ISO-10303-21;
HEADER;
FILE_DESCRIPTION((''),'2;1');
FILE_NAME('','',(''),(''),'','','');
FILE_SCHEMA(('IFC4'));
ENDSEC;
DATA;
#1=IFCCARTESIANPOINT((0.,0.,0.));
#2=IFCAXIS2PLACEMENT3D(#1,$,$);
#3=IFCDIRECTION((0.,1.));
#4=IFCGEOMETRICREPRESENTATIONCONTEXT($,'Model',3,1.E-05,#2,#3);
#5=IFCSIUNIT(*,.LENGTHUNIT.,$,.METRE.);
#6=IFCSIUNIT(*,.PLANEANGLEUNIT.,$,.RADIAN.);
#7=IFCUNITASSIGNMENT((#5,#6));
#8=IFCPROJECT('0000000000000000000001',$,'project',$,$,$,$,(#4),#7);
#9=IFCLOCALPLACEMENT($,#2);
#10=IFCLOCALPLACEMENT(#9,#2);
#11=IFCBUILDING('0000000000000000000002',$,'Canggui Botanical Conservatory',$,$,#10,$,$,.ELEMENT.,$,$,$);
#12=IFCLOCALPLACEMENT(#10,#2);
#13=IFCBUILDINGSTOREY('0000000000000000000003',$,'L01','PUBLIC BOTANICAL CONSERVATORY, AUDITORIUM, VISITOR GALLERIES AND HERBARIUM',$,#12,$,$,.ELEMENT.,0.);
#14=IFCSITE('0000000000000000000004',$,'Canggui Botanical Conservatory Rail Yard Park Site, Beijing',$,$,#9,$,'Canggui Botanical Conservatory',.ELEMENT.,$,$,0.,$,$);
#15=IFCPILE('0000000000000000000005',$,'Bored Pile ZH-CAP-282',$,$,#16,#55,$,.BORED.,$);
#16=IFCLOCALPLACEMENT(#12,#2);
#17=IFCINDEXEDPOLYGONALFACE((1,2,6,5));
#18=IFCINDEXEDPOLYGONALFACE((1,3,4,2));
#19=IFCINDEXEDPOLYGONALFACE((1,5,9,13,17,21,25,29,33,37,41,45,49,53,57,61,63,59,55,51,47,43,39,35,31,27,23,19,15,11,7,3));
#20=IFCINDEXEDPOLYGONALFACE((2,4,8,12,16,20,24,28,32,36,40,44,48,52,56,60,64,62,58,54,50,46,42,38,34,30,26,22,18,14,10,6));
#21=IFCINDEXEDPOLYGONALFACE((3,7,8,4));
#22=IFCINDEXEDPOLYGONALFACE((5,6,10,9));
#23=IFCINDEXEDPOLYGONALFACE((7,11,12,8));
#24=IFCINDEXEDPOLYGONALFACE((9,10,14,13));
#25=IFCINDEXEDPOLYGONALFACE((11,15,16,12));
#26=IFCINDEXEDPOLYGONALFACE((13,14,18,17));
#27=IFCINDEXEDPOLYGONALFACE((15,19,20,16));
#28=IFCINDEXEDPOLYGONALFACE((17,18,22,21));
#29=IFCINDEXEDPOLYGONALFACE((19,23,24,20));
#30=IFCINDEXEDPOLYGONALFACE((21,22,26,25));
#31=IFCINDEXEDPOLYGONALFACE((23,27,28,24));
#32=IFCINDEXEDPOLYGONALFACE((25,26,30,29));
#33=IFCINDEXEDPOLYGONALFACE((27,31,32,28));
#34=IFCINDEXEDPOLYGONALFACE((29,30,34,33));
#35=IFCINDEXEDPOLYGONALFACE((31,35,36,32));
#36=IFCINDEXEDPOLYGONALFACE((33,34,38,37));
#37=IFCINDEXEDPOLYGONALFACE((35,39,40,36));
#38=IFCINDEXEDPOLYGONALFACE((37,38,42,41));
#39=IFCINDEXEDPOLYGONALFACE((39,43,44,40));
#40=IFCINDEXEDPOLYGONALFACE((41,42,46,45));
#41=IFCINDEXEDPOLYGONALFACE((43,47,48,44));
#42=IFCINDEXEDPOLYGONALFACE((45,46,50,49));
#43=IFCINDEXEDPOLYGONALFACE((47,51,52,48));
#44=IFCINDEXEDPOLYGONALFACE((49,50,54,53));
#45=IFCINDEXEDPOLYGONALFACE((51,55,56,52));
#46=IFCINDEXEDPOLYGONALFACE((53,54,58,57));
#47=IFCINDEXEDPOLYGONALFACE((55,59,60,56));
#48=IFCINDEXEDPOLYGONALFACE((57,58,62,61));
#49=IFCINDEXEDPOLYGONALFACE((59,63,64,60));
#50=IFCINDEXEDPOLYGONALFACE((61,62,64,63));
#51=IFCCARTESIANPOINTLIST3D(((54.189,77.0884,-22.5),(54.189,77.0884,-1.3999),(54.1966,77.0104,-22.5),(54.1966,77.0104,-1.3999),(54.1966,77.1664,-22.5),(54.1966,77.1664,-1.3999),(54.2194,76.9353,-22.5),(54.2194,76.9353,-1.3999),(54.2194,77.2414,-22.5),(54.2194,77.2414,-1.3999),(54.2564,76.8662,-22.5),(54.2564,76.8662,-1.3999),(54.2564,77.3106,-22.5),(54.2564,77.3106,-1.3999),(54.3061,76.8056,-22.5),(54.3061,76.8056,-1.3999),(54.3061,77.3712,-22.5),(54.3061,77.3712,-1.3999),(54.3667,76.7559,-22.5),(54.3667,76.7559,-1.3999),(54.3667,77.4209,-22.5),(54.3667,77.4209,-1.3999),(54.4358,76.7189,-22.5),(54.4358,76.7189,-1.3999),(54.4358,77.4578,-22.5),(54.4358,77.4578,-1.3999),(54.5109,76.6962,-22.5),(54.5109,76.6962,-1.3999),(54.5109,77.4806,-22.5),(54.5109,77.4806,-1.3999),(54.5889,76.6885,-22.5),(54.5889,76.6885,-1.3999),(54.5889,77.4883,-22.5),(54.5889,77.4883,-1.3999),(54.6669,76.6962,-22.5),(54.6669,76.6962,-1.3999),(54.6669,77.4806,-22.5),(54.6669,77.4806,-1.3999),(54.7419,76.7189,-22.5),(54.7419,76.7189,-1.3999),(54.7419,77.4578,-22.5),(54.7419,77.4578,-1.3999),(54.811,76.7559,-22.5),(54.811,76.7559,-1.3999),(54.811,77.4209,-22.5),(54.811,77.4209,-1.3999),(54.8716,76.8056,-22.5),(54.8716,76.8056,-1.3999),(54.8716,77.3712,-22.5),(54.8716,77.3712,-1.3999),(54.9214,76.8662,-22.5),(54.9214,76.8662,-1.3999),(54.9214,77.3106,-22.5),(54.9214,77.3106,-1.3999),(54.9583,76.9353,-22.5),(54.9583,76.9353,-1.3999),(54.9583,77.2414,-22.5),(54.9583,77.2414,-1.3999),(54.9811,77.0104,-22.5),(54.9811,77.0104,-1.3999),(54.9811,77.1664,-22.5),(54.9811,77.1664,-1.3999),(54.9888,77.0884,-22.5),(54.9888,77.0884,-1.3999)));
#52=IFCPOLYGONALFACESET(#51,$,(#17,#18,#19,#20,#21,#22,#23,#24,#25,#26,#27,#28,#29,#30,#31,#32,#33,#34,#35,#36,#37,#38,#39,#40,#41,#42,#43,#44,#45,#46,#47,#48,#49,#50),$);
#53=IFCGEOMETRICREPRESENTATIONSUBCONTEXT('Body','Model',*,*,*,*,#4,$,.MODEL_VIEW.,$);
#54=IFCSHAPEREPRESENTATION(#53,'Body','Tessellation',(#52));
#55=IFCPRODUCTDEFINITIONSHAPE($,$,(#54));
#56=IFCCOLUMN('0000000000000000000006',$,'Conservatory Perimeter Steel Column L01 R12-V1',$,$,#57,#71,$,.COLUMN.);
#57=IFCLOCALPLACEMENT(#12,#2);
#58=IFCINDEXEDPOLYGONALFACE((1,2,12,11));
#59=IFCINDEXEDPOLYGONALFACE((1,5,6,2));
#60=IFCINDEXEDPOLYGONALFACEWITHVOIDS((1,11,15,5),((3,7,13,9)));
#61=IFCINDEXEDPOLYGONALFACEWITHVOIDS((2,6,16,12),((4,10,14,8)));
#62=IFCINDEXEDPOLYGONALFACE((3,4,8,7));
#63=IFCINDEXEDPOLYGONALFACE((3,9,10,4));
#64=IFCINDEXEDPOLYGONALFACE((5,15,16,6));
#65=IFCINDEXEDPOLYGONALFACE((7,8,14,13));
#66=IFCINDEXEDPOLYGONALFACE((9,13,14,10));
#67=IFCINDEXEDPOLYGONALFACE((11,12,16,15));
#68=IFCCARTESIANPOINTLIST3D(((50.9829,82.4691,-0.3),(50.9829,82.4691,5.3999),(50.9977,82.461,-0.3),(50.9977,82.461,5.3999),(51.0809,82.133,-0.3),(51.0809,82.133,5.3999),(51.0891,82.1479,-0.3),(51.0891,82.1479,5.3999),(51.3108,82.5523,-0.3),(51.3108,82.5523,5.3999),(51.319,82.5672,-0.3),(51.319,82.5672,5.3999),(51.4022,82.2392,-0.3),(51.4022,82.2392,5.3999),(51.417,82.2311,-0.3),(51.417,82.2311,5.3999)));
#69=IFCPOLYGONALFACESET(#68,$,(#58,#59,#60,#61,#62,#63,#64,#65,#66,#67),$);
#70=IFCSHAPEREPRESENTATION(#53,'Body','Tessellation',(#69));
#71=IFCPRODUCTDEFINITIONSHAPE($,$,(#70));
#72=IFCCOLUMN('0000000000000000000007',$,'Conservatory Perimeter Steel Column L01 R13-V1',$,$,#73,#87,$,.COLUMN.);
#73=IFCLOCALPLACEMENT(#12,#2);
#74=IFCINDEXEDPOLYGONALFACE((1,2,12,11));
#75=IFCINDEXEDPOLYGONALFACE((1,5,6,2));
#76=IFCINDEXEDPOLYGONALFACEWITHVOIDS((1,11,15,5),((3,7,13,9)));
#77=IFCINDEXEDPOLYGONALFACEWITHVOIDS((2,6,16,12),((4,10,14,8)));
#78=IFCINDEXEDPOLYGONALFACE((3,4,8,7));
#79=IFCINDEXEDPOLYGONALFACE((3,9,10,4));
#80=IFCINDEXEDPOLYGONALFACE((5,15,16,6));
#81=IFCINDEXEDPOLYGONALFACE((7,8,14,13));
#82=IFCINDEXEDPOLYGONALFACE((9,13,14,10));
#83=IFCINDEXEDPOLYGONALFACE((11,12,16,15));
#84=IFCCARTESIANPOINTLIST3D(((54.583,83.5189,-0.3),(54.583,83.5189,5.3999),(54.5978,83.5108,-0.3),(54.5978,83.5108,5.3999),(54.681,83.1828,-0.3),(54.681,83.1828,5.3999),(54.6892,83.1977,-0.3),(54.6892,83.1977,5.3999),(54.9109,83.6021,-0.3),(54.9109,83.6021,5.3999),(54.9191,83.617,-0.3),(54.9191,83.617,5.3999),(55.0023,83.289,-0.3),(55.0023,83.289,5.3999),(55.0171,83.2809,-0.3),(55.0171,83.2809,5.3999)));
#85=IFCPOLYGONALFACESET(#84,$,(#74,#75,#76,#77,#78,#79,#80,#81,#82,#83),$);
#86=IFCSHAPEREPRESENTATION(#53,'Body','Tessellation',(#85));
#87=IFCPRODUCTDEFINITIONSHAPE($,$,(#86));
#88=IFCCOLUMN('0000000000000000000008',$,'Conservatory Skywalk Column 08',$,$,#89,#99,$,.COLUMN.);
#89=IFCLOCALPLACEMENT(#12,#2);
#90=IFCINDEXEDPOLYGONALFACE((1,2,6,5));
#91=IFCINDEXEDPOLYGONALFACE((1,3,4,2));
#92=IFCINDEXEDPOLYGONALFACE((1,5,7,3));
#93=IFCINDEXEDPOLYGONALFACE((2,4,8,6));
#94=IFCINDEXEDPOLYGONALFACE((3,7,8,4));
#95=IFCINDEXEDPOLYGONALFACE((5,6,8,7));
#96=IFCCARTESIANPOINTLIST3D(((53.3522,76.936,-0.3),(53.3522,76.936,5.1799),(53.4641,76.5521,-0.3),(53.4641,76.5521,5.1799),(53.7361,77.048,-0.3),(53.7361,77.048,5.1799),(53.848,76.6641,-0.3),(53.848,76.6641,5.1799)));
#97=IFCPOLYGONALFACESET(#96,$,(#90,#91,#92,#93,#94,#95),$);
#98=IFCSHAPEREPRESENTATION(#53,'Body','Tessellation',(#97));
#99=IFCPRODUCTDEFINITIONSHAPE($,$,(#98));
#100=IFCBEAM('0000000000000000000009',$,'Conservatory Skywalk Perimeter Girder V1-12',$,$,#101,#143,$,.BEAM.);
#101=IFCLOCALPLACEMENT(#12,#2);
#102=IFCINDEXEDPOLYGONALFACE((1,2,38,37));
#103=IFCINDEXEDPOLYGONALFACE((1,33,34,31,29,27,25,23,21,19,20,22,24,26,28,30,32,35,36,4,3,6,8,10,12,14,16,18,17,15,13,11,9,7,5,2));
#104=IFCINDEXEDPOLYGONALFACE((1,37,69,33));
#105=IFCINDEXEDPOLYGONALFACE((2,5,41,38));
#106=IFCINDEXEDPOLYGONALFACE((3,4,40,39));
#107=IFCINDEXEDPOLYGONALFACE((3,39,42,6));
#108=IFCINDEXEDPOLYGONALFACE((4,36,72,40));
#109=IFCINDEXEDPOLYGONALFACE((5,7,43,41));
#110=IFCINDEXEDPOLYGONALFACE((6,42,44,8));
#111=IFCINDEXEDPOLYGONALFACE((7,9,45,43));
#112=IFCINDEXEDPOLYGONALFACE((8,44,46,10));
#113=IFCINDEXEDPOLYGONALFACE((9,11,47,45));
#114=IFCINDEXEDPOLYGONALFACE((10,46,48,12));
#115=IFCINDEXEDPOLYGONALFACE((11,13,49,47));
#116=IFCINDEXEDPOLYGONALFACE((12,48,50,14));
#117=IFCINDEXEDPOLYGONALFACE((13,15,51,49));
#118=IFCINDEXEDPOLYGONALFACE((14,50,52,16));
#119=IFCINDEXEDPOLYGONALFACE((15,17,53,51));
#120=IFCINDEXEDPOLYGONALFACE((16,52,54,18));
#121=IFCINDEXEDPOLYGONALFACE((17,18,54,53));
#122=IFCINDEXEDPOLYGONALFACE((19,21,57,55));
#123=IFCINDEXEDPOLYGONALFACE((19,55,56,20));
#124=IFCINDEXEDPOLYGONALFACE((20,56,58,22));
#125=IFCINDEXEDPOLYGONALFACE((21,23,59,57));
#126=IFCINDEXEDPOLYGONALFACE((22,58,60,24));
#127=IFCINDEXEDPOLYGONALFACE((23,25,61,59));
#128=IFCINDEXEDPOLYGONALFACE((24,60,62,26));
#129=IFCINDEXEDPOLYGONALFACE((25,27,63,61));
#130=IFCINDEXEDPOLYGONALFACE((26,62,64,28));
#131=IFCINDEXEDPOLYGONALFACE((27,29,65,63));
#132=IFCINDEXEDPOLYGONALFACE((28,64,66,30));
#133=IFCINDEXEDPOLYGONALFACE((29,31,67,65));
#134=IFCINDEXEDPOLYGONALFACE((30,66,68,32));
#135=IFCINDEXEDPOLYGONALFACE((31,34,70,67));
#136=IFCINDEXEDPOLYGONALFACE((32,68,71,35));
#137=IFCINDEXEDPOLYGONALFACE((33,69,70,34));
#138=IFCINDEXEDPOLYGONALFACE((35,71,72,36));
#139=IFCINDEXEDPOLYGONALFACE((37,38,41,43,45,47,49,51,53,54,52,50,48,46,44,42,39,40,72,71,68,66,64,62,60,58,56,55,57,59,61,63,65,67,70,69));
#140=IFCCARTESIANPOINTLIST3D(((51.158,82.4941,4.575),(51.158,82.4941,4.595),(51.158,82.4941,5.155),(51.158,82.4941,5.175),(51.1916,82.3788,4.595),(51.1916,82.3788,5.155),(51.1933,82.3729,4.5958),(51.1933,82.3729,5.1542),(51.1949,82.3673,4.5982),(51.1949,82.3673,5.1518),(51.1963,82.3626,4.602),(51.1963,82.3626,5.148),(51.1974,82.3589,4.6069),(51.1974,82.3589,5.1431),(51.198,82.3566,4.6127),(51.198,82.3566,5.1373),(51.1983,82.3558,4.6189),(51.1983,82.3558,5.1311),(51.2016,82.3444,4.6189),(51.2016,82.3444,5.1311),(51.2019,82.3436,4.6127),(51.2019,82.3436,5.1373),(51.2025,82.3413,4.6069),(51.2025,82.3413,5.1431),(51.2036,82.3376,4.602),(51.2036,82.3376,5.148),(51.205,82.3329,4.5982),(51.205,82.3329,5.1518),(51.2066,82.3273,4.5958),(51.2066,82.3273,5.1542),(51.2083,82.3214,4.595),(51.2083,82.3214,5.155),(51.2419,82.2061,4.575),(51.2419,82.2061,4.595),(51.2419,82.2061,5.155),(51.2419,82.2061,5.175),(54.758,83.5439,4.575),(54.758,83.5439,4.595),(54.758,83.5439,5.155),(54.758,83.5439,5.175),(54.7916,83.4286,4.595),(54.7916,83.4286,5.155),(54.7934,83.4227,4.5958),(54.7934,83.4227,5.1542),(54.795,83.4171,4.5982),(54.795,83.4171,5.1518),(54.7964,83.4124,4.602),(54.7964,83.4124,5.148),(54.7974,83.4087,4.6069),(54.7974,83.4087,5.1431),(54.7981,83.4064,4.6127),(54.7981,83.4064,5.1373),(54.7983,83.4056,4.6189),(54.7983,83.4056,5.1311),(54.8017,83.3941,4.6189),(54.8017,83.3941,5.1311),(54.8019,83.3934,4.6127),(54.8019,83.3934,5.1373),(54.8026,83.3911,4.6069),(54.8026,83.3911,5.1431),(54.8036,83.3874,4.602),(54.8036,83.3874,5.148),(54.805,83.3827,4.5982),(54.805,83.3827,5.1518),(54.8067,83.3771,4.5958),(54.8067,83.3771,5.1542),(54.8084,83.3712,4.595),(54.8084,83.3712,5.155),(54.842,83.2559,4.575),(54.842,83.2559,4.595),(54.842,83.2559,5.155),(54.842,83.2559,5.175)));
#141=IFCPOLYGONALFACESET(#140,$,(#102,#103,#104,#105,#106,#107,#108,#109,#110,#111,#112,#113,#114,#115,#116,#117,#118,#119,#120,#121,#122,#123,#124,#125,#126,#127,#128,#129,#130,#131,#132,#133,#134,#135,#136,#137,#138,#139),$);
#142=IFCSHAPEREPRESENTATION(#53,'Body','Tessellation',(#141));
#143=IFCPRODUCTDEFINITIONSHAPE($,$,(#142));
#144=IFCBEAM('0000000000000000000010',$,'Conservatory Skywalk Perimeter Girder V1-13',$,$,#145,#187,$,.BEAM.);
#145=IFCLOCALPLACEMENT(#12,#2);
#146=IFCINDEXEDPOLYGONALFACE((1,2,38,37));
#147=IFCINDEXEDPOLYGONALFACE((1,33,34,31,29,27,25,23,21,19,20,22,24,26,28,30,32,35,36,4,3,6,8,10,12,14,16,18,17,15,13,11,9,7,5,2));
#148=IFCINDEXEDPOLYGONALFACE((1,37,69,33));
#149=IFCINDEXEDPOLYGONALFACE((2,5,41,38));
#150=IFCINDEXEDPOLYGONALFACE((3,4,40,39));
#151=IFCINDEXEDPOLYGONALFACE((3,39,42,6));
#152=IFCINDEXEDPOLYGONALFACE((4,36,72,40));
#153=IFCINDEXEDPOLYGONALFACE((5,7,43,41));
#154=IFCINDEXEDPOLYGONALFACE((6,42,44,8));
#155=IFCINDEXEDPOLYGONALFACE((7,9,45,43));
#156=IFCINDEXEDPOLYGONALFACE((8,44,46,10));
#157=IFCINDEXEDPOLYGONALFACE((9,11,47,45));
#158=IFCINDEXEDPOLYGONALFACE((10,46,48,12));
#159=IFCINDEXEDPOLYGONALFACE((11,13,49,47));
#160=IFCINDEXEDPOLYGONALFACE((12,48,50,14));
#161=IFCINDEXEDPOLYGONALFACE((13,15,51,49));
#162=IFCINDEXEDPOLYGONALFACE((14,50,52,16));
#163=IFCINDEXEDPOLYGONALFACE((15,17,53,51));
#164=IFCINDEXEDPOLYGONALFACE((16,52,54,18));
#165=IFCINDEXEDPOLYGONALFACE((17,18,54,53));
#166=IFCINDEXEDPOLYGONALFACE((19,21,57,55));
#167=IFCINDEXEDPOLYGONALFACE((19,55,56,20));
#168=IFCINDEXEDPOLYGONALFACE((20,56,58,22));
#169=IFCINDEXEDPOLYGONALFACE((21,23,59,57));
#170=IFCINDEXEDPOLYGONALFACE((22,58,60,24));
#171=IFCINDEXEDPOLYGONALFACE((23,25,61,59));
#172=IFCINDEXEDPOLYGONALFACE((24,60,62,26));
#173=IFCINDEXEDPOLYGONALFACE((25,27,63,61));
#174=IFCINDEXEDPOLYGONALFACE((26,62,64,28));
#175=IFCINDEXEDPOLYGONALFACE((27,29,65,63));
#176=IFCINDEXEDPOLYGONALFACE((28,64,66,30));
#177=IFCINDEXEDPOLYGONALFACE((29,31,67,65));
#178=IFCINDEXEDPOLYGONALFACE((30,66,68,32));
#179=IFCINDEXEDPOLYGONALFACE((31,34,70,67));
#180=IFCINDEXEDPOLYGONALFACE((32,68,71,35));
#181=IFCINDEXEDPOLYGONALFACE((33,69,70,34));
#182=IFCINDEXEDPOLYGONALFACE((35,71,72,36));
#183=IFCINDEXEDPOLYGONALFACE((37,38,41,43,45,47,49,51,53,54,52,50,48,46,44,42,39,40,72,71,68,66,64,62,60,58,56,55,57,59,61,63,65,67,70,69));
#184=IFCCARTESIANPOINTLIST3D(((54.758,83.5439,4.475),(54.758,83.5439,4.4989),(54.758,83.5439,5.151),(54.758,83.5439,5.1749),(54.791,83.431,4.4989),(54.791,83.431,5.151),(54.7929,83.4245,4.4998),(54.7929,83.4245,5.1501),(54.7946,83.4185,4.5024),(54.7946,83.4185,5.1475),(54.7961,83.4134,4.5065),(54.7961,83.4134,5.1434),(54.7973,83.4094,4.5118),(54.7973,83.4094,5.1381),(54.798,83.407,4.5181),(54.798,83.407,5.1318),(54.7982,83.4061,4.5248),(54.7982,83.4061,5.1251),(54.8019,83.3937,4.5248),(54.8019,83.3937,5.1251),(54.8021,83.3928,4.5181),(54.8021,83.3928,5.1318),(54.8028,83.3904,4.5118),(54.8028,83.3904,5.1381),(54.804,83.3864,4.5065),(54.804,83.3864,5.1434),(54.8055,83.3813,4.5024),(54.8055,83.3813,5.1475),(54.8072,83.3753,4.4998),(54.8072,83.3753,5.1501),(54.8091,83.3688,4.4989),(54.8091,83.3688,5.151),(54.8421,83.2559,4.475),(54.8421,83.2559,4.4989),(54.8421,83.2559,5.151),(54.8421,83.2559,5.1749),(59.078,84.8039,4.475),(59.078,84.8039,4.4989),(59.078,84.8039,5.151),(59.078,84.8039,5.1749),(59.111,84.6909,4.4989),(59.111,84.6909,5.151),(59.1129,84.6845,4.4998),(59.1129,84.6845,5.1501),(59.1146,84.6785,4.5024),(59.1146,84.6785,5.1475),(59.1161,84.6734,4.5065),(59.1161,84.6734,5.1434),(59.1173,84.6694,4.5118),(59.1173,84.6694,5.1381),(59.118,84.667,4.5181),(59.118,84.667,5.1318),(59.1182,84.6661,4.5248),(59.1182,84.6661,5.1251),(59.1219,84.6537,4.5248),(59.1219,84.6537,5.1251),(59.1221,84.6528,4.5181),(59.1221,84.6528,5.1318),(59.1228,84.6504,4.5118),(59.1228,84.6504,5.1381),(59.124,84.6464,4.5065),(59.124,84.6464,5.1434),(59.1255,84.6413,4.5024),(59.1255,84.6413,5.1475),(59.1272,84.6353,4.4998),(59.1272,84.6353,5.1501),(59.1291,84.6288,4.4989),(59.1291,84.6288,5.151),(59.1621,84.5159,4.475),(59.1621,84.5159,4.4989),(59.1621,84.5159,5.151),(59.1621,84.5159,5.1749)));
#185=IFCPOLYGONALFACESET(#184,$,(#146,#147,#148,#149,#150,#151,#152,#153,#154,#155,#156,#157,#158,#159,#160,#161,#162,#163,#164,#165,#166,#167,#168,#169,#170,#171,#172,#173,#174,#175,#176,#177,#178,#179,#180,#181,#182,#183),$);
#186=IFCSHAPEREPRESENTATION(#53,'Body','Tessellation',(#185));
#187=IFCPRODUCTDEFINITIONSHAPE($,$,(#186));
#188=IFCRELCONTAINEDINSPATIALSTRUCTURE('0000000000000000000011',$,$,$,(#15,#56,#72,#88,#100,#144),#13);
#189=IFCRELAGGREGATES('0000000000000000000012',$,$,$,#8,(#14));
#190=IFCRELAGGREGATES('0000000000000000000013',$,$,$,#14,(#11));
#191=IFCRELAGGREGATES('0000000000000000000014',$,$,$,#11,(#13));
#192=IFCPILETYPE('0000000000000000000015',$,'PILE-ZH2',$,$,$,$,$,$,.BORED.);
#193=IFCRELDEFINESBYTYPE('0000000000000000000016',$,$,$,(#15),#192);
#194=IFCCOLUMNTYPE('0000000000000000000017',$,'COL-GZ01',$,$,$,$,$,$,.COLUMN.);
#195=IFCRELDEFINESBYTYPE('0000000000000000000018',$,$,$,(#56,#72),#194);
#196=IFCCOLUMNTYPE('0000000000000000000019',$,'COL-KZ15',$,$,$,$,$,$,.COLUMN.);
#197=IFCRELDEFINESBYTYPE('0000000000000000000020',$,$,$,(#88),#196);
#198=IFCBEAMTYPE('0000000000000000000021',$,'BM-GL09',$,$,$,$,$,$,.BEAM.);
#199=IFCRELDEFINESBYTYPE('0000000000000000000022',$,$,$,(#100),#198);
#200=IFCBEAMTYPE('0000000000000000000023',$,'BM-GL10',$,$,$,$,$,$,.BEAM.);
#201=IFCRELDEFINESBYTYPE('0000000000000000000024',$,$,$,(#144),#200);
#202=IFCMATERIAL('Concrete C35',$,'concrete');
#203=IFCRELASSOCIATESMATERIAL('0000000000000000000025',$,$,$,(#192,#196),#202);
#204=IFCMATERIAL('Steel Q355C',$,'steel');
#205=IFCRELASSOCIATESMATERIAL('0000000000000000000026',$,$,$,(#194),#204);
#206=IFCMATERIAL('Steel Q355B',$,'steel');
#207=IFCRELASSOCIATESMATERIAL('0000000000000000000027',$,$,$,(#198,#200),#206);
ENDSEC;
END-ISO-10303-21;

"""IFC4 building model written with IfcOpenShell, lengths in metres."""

from ifc_helpers import new_model, si_unit, direction, frame, origin, origin_2d, place, context, subcontext, project, spatial, rectangle, hollow_rectangle, circle, i_section, extrude, material, material_profile, profile_set, type_object, element, save


model = new_model("IFC4")

# Units and contexts
model_context = context("Model", 3, precision=1e-05, world=origin(), true_north=direction((0.0, 1.0)))
body_context = subcontext(model_context, "Body", "Model", "MODEL_VIEW")
ifc_project = project(units=[si_unit("LENGTHUNIT", "METRE"), si_unit("PLANEANGLEUNIT", "RADIAN")], contexts=[model_context])

# Site, building, storey
site_placement = place(None, origin())
site = spatial("IfcSite", under=ifc_project, at=site_placement, Name="Canggui Botanical Conservatory Rail Yard Park Site, Beijing", LongName="Canggui Botanical Conservatory", CompositionType="ELEMENT", RefElevation=0.0)
building_placement = place(site_placement, origin())
building = spatial("IfcBuilding", under=site, at=building_placement, Name="Canggui Botanical Conservatory", CompositionType="ELEMENT")
storey_placement = place(building_placement, origin())
storey = spatial("IfcBuildingStorey", under=building, at=storey_placement, Name="L01", Description="PUBLIC BOTANICAL CONSERVATORY, AUDITORIUM, VISITOR GALLERIES AND HERBARIUM", CompositionType="ELEMENT", Elevation=0.0)

# Shared definitions
ifc_material_1 = material(Name="Concrete C35", Category="concrete")

# Pile
ifc_material_profile_1 = material_profile(ifc_material_1, circle(Radius=0.3999, at=origin_2d()), Name="PILE D800")
ifc_profile_set_1 = profile_set([ifc_material_profile_1], Name="Concrete C35")
pile_type = type_object("IfcPileType", Name="PILE-ZH2", PredefinedType="BORED", material=ifc_profile_set_1)
for number, where, z_axis, x_axis, name in (
    (1, (54.5889, 77.0884, -1.3999), (0.0, 0.0, -1.0), (1.0, 0.0, 0.0), "Bored Pile ZH-CAP-282"),
):
    element("IfcPile", number, at=place(storey_placement, frame(where, z_axis=z_axis, x_axis=x_axis)), inside=storey, type_object=pile_type, Name=name, PredefinedType="BORED", context=body_context, shape_type="SweptSolid", body=[
        extrude(circle(Radius=0.3999, at=origin_2d()), origin(), (0.0, 0.0, 1.0), 21.1001),
    ])

# Columns
ifc_material_2 = material(Name="Steel Q355C", Category="steel")
ifc_material_profile_2 = material_profile(ifc_material_2, hollow_rectangle(XDim=0.3501, YDim=0.3501, WallThickness=0.012, at=origin_2d()), Name="SHS 350x350x12")
ifc_profile_set_2 = profile_set([ifc_material_profile_2], Name="Steel Q355C")
column_type_1 = type_object("IfcColumnType", Name="COL-GZ01", PredefinedType="COLUMN", material=ifc_profile_set_2)
for number, where, z_axis, x_axis, name in (
    (2, (51.2, 82.3501, -0.3), (0.0, 0.0, 1.0), (0.96, 0.28, 0.0), "Conservatory Perimeter Steel Column L01 R12-V1"),
    (3, (54.8, 83.3999, -0.3), (0.0, 0.0, 1.0), (0.96, 0.28, 0.0), "Conservatory Perimeter Steel Column L01 R13-V1"),
):
    element("IfcColumn", number, at=place(storey_placement, frame(where, z_axis=z_axis, x_axis=x_axis)), inside=storey, type_object=column_type_1, Name=name, PredefinedType="COLUMN", context=body_context, shape_type="SweptSolid", body=[
        extrude(hollow_rectangle(XDim=0.3501, YDim=0.3501, WallThickness=0.012, at=origin_2d()), origin(), (0.0, 0.0, 1.0), 5.7),
    ])
ifc_material_profile_3 = material_profile(ifc_material_1, rectangle(XDim=0.3999, YDim=0.3999, at=origin_2d()), Name="RC 400x400")
ifc_profile_set_3 = profile_set([ifc_material_profile_3], Name="Concrete C35")
column_type_2 = type_object("IfcColumnType", Name="COL-KZ15", PredefinedType="COLUMN", material=ifc_profile_set_3)
column_placement = place(storey_placement, frame((53.6001, 76.8, -0.3), z_axis=(0.0, 0.0, 1.0), x_axis=(0.96, 0.28, 0.0)))
element("IfcColumn", 4, at=column_placement, inside=storey, type_object=column_type_2, Name="Conservatory Skywalk Column 08", PredefinedType="COLUMN", context=body_context, shape_type="SweptSolid", body=[
    extrude(rectangle(XDim=0.3999, YDim=0.3999, at=origin_2d()), origin(), (0.0, 0.0, 1.0), 5.48),
])

# Beams
ifc_material_3 = material(Name="Steel Q355B", Category="steel")
ifc_material_profile_4 = material_profile(ifc_material_3, i_section(OverallWidth=0.3, OverallDepth=0.6001, WebThickness=0.012, FlangeThickness=0.02, FilletRadius=0.0239, at=origin_2d()), Name="HM 600x300x12x20")
ifc_profile_set_4 = profile_set([ifc_material_profile_4], Name="Steel Q355B")
beam_type_1 = type_object("IfcBeamType", Name="BM-GL09", PredefinedType="BEAM", material=ifc_profile_set_4)
beam_1_placement = place(storey_placement, frame((51.2, 82.3501, 4.875), z_axis=(0.960016, 0.279945, 0.0), x_axis=(-0.279945, 0.960016, 0.0)))
element("IfcBeam", 5, at=beam_1_placement, inside=storey, type_object=beam_type_1, Name="Conservatory Skywalk Perimeter Girder V1-12", PredefinedType="BEAM", context=body_context, shape_type="SweptSolid", body=[
    extrude(i_section(OverallWidth=0.3, OverallDepth=0.6001, WebThickness=0.012, FlangeThickness=0.02, FilletRadius=0.0239, at=origin_2d()), origin(), (0.0, 0.0, 1.0), 3.75),
])
ifc_material_profile_5 = material_profile(ifc_material_3, i_section(OverallWidth=0.3, OverallDepth=0.7, WebThickness=0.0129, FlangeThickness=0.0239, FilletRadius=0.0259, at=origin_2d()), Name="HN 700x300x13x24")
ifc_profile_set_5 = profile_set([ifc_material_profile_5], Name="Steel Q355B")
beam_type_2 = type_object("IfcBeamType", Name="BM-GL10", PredefinedType="BEAM", material=ifc_profile_set_5)
beam_2_placement = place(storey_placement, frame((54.8, 83.3999, 4.825), z_axis=(0.960001, 0.279998, 0.0), x_axis=(-0.279998, 0.960001, 0.0)))
element("IfcBeam", 6, at=beam_2_placement, inside=storey, type_object=beam_type_2, Name="Conservatory Skywalk Perimeter Girder V1-13", PredefinedType="BEAM", context=body_context, shape_type="SweptSolid", body=[
    extrude(i_section(OverallWidth=0.3, OverallDepth=0.7, WebThickness=0.0129, FlangeThickness=0.0239, FilletRadius=0.0259, at=origin_2d()), origin(), (0.0, 0.0, 1.0), 4.5),
])

save(model, "model.ifc")
